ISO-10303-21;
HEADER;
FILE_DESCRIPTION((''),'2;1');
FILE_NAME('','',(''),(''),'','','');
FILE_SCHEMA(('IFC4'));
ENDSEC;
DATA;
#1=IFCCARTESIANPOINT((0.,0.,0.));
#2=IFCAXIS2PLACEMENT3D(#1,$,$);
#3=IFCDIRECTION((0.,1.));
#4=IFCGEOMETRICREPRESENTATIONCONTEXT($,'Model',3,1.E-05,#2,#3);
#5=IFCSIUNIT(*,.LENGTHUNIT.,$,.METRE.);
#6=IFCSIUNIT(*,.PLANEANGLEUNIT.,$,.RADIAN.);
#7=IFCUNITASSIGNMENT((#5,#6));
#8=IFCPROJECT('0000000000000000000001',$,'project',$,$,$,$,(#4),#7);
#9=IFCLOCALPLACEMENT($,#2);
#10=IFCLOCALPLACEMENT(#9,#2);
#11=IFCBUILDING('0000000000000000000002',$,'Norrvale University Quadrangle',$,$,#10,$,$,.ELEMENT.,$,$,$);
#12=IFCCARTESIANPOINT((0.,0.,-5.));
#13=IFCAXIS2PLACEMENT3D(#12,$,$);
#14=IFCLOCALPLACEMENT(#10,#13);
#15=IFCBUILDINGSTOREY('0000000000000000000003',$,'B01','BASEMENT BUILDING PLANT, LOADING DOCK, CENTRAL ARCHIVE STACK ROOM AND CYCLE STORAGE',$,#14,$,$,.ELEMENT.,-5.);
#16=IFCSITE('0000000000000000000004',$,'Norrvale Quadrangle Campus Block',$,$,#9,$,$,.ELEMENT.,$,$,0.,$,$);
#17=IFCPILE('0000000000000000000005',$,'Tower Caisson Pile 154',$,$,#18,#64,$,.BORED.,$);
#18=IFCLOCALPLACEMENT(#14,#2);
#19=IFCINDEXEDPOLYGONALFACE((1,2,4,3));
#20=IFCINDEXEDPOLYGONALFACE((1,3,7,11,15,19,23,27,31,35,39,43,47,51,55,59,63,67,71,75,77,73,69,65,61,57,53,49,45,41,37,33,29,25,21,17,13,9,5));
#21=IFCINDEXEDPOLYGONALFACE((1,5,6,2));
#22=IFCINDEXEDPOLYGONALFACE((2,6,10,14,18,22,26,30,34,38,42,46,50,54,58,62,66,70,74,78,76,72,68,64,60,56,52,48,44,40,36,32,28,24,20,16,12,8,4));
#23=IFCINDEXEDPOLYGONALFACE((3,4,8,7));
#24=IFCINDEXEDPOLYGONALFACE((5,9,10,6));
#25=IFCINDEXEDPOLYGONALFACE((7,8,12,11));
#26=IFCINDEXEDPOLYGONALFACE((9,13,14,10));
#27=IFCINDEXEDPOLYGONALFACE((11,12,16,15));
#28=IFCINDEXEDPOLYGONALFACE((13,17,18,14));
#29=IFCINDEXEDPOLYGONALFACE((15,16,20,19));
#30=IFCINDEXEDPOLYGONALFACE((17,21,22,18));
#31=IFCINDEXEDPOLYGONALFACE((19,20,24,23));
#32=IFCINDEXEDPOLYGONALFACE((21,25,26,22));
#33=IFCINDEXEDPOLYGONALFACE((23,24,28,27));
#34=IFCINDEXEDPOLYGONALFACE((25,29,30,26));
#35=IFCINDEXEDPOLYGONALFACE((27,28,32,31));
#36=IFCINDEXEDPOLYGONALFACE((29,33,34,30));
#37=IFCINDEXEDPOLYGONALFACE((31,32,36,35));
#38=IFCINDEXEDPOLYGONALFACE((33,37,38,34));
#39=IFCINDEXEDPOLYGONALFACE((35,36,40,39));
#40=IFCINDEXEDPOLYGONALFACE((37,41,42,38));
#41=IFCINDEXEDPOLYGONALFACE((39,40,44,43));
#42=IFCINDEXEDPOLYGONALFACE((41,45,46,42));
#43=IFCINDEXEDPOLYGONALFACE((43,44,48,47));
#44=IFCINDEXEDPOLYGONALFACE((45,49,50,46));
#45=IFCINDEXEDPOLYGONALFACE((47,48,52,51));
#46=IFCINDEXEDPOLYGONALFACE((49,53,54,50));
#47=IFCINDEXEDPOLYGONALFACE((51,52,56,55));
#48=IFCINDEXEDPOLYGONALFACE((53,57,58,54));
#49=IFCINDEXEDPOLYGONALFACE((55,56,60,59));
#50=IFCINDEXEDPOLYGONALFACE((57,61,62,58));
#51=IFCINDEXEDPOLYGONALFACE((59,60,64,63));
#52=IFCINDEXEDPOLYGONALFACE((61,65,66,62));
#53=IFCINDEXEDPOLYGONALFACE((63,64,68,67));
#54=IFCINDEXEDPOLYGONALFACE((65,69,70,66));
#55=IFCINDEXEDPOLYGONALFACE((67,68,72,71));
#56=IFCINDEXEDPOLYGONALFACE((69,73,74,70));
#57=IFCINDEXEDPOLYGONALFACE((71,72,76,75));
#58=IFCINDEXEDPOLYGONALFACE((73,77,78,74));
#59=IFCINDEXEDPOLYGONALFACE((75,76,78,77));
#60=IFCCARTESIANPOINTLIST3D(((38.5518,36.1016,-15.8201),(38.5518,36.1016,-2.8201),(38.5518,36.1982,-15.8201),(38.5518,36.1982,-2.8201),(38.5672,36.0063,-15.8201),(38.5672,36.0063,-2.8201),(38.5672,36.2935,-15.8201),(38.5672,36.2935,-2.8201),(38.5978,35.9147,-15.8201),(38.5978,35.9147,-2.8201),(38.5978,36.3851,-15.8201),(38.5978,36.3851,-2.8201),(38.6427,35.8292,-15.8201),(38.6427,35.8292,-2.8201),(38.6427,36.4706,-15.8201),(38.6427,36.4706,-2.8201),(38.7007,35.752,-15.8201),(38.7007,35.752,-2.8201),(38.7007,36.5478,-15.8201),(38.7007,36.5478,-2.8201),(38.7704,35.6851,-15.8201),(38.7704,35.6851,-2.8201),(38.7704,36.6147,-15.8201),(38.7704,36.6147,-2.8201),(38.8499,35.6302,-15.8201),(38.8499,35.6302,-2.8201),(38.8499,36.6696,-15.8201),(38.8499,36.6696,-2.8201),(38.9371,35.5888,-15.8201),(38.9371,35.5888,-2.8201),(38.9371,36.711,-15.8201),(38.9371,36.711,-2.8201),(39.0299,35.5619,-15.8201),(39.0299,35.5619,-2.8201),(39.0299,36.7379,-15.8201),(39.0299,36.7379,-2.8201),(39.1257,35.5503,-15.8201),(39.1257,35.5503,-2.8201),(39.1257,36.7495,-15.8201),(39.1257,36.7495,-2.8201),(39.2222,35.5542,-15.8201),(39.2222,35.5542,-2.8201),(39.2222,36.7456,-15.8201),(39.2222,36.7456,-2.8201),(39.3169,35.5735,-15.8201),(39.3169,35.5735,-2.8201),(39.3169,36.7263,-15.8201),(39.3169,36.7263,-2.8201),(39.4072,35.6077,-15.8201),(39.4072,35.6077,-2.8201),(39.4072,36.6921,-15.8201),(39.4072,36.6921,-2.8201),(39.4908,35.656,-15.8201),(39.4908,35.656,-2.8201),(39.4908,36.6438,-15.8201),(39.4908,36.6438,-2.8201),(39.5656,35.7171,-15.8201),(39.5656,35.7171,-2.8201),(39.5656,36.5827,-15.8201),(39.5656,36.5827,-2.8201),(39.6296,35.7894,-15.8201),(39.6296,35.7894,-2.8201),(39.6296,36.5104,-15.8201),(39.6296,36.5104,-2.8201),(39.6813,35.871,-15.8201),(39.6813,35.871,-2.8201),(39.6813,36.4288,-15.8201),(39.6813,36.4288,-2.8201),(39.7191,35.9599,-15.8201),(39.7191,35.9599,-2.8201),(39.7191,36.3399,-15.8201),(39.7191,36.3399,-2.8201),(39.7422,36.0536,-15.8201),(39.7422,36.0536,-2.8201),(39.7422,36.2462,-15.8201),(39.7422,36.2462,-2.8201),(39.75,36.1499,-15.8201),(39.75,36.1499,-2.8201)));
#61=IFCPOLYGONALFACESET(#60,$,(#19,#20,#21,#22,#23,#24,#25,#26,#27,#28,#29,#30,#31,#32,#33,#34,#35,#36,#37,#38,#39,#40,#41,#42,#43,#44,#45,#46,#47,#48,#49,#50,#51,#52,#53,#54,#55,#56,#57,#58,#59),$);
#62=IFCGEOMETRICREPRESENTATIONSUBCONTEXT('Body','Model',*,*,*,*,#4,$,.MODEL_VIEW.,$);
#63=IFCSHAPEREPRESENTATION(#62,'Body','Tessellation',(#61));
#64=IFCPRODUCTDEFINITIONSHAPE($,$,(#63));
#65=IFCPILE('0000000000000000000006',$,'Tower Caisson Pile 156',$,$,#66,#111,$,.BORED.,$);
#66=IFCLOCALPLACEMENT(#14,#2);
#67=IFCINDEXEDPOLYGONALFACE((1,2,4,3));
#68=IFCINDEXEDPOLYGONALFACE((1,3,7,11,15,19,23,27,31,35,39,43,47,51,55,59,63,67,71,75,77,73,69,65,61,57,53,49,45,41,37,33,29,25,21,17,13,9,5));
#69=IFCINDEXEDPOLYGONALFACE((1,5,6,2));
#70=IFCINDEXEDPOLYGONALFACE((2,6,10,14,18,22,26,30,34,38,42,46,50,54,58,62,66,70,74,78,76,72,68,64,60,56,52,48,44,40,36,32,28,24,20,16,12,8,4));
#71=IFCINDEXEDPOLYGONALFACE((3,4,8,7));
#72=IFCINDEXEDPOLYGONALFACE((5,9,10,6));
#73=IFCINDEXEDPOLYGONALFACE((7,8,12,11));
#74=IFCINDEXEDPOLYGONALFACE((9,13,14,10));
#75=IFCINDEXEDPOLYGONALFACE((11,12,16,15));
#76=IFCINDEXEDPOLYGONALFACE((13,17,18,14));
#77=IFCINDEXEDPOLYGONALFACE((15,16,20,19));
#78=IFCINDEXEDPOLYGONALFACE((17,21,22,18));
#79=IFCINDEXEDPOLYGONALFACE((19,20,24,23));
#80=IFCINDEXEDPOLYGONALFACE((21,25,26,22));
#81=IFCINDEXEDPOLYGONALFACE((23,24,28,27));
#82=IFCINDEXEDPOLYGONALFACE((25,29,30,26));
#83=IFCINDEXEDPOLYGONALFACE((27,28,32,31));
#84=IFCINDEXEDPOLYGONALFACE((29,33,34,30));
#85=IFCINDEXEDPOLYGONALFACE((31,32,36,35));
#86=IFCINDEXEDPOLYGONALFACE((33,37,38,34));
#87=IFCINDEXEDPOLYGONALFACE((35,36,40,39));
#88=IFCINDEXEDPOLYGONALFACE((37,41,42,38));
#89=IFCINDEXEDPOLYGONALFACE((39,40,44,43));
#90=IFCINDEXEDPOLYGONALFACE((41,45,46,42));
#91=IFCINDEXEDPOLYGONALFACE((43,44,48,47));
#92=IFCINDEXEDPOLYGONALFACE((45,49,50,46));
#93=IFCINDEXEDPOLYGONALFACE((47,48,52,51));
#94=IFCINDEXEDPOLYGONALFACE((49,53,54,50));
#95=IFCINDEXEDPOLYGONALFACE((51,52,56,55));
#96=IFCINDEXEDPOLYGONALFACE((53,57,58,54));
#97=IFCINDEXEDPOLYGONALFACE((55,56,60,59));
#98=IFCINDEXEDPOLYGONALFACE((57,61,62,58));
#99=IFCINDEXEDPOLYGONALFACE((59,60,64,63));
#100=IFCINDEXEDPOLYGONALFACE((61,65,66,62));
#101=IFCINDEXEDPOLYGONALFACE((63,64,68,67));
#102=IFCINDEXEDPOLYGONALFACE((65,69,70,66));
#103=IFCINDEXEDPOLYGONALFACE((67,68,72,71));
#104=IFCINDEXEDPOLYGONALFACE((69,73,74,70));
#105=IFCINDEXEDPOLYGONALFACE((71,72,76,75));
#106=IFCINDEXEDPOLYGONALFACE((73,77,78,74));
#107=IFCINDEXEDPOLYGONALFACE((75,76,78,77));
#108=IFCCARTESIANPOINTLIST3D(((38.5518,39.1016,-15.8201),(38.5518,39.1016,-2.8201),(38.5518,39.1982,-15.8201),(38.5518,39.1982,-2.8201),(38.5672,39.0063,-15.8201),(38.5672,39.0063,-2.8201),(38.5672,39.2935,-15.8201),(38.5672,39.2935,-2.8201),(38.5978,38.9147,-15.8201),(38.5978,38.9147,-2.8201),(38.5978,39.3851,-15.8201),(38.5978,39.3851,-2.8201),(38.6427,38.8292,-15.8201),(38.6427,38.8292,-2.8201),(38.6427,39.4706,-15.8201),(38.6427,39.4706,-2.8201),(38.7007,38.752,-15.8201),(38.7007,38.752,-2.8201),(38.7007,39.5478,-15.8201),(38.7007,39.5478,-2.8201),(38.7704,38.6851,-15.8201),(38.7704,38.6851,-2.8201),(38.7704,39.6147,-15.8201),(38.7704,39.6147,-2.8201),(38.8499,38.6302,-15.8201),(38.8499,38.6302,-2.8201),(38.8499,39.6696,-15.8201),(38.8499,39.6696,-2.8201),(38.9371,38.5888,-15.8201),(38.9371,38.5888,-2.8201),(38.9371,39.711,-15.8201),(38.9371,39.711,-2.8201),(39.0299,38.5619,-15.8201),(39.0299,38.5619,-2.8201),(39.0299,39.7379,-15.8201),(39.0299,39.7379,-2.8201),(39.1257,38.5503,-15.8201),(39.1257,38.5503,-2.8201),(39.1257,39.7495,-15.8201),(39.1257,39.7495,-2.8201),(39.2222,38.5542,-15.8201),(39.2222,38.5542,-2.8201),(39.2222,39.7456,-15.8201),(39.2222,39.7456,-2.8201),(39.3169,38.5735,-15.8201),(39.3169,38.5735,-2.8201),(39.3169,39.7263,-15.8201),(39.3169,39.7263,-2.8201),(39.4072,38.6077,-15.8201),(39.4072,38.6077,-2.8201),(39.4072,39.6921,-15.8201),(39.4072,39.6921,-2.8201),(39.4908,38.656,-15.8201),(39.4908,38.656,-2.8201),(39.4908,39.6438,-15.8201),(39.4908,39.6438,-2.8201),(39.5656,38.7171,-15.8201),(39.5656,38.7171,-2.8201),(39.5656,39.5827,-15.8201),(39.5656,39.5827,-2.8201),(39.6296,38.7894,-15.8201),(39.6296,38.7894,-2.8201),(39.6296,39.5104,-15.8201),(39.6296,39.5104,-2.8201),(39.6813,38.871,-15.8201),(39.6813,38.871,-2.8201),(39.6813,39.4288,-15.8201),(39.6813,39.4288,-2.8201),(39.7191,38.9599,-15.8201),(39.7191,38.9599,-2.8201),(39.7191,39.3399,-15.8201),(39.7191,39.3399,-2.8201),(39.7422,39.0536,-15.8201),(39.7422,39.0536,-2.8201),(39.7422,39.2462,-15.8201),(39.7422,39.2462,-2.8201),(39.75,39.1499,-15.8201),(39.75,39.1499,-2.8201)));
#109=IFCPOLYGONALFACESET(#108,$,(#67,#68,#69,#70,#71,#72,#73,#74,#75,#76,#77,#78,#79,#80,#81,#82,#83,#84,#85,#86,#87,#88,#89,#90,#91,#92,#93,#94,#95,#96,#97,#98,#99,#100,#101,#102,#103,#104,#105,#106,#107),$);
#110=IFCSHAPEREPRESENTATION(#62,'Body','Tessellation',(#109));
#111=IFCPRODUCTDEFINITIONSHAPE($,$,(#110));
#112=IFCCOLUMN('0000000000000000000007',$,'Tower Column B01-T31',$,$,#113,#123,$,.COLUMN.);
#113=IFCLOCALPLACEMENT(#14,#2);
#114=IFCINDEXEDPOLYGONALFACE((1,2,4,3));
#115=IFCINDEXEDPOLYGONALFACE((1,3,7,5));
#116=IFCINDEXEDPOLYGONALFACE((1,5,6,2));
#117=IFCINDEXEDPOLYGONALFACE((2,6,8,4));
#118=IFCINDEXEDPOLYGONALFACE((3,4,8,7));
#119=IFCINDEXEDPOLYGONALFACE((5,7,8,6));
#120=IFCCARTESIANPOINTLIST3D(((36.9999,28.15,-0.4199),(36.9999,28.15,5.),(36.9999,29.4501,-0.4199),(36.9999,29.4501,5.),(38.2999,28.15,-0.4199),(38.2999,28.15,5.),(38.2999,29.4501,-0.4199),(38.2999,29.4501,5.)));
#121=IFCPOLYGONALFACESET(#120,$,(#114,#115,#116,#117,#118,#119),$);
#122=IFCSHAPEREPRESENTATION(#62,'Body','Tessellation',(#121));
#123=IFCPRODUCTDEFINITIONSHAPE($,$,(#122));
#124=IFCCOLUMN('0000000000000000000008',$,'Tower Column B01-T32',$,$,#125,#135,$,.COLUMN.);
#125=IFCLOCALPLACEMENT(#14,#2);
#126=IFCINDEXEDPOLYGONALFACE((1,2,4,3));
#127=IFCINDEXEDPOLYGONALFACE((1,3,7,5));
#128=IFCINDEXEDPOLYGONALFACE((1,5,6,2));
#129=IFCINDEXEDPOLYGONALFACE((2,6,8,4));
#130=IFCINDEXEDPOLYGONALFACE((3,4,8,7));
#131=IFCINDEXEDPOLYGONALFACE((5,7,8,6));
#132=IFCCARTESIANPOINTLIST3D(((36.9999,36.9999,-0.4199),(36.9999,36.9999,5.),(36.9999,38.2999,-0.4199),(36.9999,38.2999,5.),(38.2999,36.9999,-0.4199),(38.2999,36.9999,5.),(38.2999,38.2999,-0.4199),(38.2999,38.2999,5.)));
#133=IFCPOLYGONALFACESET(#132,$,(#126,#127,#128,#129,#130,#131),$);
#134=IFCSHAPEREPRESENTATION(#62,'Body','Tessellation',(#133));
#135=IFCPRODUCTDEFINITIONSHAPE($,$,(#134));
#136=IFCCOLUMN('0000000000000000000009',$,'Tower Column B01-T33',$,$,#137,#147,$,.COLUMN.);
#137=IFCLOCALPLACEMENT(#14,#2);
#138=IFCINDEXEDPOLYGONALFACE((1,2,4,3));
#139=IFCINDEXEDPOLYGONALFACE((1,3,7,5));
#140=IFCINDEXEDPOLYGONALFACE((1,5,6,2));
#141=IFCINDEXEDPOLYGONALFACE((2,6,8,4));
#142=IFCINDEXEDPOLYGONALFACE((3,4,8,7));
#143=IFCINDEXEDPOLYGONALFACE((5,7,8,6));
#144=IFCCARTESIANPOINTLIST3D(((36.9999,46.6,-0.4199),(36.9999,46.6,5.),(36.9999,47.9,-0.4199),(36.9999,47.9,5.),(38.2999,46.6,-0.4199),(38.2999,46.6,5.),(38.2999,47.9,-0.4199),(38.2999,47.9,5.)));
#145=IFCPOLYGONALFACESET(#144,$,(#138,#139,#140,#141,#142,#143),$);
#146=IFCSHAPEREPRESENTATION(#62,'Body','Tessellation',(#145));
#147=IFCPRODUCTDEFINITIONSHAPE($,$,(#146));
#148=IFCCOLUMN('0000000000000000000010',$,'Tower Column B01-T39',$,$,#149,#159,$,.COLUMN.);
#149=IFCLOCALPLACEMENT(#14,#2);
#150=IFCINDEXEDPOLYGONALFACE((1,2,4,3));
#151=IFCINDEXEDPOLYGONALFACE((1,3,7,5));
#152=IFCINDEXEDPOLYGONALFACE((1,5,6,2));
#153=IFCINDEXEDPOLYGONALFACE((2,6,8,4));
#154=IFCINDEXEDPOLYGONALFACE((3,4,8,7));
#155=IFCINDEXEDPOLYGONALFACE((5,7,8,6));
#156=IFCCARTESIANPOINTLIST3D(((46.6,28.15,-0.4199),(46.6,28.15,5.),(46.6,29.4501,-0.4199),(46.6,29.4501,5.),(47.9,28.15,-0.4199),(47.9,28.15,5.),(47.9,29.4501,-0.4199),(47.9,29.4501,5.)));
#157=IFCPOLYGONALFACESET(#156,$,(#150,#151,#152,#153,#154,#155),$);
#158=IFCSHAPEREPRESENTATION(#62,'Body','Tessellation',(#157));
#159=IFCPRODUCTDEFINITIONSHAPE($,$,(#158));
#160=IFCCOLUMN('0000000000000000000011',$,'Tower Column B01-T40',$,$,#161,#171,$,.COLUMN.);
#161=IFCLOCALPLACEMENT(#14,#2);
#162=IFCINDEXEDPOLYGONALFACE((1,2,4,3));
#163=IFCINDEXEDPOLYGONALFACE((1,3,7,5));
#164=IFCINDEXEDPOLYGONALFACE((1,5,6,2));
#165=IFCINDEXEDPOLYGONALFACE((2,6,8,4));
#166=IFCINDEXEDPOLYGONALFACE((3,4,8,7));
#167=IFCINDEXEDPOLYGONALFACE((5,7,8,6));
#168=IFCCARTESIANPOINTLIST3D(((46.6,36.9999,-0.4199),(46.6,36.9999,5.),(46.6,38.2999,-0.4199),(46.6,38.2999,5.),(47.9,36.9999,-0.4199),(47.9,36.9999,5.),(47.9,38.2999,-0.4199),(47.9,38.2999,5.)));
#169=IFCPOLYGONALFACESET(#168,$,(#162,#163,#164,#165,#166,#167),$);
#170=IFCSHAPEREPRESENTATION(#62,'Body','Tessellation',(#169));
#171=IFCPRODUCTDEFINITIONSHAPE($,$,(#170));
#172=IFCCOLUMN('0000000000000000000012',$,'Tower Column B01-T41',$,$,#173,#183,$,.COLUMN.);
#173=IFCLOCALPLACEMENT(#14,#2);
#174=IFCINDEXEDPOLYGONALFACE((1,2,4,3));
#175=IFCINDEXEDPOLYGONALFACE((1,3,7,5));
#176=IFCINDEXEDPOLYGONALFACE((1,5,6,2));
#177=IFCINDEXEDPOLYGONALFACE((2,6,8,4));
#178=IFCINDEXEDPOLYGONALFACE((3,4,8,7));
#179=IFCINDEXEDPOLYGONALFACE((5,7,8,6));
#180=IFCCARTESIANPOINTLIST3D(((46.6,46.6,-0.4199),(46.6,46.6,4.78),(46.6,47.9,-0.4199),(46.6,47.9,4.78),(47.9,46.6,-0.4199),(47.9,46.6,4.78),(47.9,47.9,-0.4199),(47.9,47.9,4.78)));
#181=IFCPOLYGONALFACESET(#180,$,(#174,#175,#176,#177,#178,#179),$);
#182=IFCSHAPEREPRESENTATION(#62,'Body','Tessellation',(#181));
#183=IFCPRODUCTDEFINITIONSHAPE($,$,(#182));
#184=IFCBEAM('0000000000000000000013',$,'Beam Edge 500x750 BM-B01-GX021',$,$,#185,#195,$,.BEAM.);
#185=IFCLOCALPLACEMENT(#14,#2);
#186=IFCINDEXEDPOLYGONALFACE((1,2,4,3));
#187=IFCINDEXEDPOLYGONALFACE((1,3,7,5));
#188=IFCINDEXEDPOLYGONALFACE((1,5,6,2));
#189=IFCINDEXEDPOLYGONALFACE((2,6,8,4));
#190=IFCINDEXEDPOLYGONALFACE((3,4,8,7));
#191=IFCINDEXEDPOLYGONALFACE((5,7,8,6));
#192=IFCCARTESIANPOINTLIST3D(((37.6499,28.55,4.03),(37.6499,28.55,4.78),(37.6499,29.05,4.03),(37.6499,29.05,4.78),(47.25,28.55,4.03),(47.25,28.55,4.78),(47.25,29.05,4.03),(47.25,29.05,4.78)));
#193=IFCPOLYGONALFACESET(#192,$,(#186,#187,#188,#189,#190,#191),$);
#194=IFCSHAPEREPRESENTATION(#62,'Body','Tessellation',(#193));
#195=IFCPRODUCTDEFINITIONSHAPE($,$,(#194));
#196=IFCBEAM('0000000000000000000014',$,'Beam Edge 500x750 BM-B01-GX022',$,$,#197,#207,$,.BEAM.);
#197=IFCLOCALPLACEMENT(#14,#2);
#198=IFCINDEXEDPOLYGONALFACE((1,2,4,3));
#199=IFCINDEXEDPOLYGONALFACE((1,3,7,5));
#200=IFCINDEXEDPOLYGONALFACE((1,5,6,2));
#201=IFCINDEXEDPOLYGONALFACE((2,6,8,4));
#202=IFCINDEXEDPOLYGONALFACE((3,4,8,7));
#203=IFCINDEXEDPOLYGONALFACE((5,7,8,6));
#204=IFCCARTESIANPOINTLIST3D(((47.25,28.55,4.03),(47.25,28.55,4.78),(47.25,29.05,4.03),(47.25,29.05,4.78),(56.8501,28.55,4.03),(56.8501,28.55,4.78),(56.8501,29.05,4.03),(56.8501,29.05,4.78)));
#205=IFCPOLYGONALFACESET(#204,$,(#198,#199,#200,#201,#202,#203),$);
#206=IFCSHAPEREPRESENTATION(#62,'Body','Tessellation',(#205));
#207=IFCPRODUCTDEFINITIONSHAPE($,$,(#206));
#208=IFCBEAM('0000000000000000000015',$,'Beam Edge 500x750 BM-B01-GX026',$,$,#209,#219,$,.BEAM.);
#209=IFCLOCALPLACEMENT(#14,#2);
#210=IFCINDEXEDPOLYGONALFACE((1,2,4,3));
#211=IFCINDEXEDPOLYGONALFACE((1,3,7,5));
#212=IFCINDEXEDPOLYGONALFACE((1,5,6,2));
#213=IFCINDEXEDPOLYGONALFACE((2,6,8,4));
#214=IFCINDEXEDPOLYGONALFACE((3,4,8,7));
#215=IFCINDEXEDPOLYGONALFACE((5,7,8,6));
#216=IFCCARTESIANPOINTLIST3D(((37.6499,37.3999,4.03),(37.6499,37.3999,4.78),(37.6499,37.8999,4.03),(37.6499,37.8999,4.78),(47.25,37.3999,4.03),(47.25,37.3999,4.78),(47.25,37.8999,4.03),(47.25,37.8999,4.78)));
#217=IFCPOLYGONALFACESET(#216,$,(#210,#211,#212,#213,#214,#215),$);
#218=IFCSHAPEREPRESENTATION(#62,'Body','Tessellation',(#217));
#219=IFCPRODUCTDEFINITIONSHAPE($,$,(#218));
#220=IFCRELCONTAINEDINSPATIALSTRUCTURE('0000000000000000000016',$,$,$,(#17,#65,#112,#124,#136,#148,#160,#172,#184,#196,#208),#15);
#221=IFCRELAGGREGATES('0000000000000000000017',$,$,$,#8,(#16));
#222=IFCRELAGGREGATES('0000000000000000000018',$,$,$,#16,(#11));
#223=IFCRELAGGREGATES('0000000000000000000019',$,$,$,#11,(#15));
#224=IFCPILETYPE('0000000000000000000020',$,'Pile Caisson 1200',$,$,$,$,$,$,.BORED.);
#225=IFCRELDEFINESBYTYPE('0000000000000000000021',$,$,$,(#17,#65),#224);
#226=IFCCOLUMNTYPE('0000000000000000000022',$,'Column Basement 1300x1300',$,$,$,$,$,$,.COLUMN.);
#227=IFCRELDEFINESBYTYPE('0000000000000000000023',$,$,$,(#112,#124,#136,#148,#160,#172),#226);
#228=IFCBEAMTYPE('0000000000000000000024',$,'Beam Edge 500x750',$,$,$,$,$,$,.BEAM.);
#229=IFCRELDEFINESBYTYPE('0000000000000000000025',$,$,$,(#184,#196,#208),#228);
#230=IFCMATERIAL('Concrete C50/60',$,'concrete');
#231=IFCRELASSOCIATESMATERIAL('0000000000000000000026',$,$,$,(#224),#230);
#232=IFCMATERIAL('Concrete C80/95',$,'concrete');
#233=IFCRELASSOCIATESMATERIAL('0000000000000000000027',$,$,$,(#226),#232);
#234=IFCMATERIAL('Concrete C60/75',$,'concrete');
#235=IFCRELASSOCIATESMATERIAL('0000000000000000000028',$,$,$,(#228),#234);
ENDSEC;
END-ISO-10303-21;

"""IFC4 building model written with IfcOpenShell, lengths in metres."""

from ifc_helpers import new_model, si_unit, direction, frame, origin, origin_2d, place, context, subcontext, project, spatial, rectangle, circle, extrude, material, material_profile, profile_set, type_object, element, save


model = new_model("IFC4")

# Units and contexts
model_context = context("Model", 3, precision=1e-05, world=origin(), true_north=direction((0.0, 1.0)))
body_context = subcontext(model_context, "Body", "Model", "MODEL_VIEW")
ifc_project = project(units=[si_unit("LENGTHUNIT", "METRE"), si_unit("PLANEANGLEUNIT", "RADIAN")], contexts=[model_context])

# Site, building, storey
site_placement = place(None, origin())
site = spatial("IfcSite", under=ifc_project, at=site_placement, Name="Norrvale Quadrangle Campus Block", CompositionType="ELEMENT", RefElevation=0.0)
building_placement = place(site_placement, origin())
building = spatial("IfcBuilding", under=site, at=building_placement, Name="Norrvale University Quadrangle", CompositionType="ELEMENT")
storey_placement = place(building_placement, frame((0.0, 0.0, -5.0)))
storey = spatial("IfcBuildingStorey", under=building, at=storey_placement, Name="B01", Description="BASEMENT BUILDING PLANT, LOADING DOCK, CENTRAL ARCHIVE STACK ROOM AND CYCLE STORAGE", CompositionType="ELEMENT", Elevation=-5.0)

# Shared definitions
ifc_material_1 = material(Name="Concrete C50/60", Category="concrete")

# Piles
ifc_material_profile_1 = material_profile(ifc_material_1, circle(Radius=0.6001, at=origin_2d()), Name="Concrete C50/60")
ifc_profile_set_1 = profile_set([ifc_material_profile_1], Name="Concrete C50/60")
pile_type_1 = type_object("IfcPileType", Name="Pile Caisson 1200", PredefinedType="BORED", material=ifc_profile_set_1)
for number, where, z_axis, x_axis, name in (
    (1, (39.1499, 36.1499, -2.8201), (0.0, 0.0, -1.0), (1.0, 0.0, 0.0), "Tower Caisson Pile 154"),
    (2, (39.1499, 39.1499, -2.8201), (0.0, 0.0, -1.0), (1.0, 0.0, 0.0), "Tower Caisson Pile 156"),
):
    element("IfcPile", number, at=place(storey_placement, frame(where, z_axis=z_axis, x_axis=x_axis)), inside=storey, type_object=pile_type_1, Name=name, PredefinedType="BORED", context=body_context, shape_type="SweptSolid", body=[
        extrude(circle(Radius=0.6001, at=origin_2d()), origin(), (0.0, 0.0, 1.0), 13.0),
    ])

# Columns
ifc_material_2 = material(Name="Concrete C80/95", Category="concrete")
ifc_material_profile_2 = material_profile(ifc_material_2, rectangle(XDim=1.3, YDim=1.3, at=origin_2d()), Name="Concrete C80/95")
ifc_profile_set_2 = profile_set([ifc_material_profile_2], Name="Concrete C80/95")
column_type = type_object("IfcColumnType", Name="Column Basement 1300x1300", PredefinedType="COLUMN", material=ifc_profile_set_2)
for number, where, z_axis, x_axis, name in (
    (3, (37.6499, 28.8, -0.4199), (0.0, 0.0, 1.0), (1.0, 0.0, 0.0), "Tower Column B01-T31"),
    (4, (37.6499, 37.6499, -0.4199), (0.0, 0.0, 1.0), (1.0, 0.0, 0.0), "Tower Column B01-T32"),
    (5, (37.6499, 47.25, -0.4199), (0.0, 0.0, 1.0), (1.0, 0.0, 0.0), "Tower Column B01-T33"),
    (6, (47.25, 28.8, -0.4199), (0.0, 0.0, 1.0), (1.0, 0.0, 0.0), "Tower Column B01-T39"),
    (7, (47.25, 37.6499, -0.4199), (0.0, 0.0, 1.0), (1.0, 0.0, 0.0), "Tower Column B01-T40"),
):
    element("IfcColumn", number, at=place(storey_placement, frame(where, z_axis=z_axis, x_axis=x_axis)), inside=storey, type_object=column_type, Name=name, PredefinedType="COLUMN", context=body_context, shape_type="SweptSolid", body=[
        extrude(rectangle(XDim=1.3, YDim=1.3, at=origin_2d()), origin(), (0.0, 0.0, 1.0), 5.4199),
    ])
column_placement = place(storey_placement, frame((47.25, 47.25, -0.4199), z_axis=(0.0, 0.0, 1.0), x_axis=(1.0, 0.0, 0.0)))
element("IfcColumn", 8, at=column_placement, inside=storey, type_object=column_type, Name="Tower Column B01-T41", PredefinedType="COLUMN", context=body_context, shape_type="SweptSolid", body=[
    extrude(rectangle(XDim=1.3, YDim=1.3, at=origin_2d()), origin(), (0.0, 0.0, 1.0), 5.2),
])

# Beams
ifc_material_3 = material(Name="Concrete C60/75", Category="concrete")
ifc_material_profile_3 = material_profile(ifc_material_3, rectangle(XDim=0.5, YDim=0.75, at=origin_2d()), Name="Concrete C60/75")
ifc_profile_set_3 = profile_set([ifc_material_profile_3], Name="Concrete C60/75")
beam_type_1 = type_object("IfcBeamType", Name="Beam Edge 500x750", PredefinedType="BEAM", material=ifc_profile_set_3)
for number, where, z_axis, x_axis, name in (
    (9, (37.6499, 28.8, 4.405), (1.0, 0.0, 0.0), (0.0, 1.0, 0.0), "Beam Edge 500x750 BM-B01-GX021"),
    (10, (47.25, 28.8, 4.405), (1.0, 0.0, 0.0), (0.0, 1.0, 0.0), "Beam Edge 500x750 BM-B01-GX022"),
    (11, (37.6499, 37.6499, 4.405), (1.0, 0.0, 0.0), (0.0, 1.0, 0.0), "Beam Edge 500x750 BM-B01-GX026"),
):
    element("IfcBeam", number, at=place(storey_placement, frame(where, z_axis=z_axis, x_axis=x_axis)), inside=storey, type_object=beam_type_1, Name=name, PredefinedType="BEAM", context=body_context, shape_type="SweptSolid", body=[
        extrude(rectangle(XDim=0.5, YDim=0.75, at=origin_2d()), origin(), (0.0, 0.0, 1.0), 9.6001),
    ])

save(model, "model.ifc")
